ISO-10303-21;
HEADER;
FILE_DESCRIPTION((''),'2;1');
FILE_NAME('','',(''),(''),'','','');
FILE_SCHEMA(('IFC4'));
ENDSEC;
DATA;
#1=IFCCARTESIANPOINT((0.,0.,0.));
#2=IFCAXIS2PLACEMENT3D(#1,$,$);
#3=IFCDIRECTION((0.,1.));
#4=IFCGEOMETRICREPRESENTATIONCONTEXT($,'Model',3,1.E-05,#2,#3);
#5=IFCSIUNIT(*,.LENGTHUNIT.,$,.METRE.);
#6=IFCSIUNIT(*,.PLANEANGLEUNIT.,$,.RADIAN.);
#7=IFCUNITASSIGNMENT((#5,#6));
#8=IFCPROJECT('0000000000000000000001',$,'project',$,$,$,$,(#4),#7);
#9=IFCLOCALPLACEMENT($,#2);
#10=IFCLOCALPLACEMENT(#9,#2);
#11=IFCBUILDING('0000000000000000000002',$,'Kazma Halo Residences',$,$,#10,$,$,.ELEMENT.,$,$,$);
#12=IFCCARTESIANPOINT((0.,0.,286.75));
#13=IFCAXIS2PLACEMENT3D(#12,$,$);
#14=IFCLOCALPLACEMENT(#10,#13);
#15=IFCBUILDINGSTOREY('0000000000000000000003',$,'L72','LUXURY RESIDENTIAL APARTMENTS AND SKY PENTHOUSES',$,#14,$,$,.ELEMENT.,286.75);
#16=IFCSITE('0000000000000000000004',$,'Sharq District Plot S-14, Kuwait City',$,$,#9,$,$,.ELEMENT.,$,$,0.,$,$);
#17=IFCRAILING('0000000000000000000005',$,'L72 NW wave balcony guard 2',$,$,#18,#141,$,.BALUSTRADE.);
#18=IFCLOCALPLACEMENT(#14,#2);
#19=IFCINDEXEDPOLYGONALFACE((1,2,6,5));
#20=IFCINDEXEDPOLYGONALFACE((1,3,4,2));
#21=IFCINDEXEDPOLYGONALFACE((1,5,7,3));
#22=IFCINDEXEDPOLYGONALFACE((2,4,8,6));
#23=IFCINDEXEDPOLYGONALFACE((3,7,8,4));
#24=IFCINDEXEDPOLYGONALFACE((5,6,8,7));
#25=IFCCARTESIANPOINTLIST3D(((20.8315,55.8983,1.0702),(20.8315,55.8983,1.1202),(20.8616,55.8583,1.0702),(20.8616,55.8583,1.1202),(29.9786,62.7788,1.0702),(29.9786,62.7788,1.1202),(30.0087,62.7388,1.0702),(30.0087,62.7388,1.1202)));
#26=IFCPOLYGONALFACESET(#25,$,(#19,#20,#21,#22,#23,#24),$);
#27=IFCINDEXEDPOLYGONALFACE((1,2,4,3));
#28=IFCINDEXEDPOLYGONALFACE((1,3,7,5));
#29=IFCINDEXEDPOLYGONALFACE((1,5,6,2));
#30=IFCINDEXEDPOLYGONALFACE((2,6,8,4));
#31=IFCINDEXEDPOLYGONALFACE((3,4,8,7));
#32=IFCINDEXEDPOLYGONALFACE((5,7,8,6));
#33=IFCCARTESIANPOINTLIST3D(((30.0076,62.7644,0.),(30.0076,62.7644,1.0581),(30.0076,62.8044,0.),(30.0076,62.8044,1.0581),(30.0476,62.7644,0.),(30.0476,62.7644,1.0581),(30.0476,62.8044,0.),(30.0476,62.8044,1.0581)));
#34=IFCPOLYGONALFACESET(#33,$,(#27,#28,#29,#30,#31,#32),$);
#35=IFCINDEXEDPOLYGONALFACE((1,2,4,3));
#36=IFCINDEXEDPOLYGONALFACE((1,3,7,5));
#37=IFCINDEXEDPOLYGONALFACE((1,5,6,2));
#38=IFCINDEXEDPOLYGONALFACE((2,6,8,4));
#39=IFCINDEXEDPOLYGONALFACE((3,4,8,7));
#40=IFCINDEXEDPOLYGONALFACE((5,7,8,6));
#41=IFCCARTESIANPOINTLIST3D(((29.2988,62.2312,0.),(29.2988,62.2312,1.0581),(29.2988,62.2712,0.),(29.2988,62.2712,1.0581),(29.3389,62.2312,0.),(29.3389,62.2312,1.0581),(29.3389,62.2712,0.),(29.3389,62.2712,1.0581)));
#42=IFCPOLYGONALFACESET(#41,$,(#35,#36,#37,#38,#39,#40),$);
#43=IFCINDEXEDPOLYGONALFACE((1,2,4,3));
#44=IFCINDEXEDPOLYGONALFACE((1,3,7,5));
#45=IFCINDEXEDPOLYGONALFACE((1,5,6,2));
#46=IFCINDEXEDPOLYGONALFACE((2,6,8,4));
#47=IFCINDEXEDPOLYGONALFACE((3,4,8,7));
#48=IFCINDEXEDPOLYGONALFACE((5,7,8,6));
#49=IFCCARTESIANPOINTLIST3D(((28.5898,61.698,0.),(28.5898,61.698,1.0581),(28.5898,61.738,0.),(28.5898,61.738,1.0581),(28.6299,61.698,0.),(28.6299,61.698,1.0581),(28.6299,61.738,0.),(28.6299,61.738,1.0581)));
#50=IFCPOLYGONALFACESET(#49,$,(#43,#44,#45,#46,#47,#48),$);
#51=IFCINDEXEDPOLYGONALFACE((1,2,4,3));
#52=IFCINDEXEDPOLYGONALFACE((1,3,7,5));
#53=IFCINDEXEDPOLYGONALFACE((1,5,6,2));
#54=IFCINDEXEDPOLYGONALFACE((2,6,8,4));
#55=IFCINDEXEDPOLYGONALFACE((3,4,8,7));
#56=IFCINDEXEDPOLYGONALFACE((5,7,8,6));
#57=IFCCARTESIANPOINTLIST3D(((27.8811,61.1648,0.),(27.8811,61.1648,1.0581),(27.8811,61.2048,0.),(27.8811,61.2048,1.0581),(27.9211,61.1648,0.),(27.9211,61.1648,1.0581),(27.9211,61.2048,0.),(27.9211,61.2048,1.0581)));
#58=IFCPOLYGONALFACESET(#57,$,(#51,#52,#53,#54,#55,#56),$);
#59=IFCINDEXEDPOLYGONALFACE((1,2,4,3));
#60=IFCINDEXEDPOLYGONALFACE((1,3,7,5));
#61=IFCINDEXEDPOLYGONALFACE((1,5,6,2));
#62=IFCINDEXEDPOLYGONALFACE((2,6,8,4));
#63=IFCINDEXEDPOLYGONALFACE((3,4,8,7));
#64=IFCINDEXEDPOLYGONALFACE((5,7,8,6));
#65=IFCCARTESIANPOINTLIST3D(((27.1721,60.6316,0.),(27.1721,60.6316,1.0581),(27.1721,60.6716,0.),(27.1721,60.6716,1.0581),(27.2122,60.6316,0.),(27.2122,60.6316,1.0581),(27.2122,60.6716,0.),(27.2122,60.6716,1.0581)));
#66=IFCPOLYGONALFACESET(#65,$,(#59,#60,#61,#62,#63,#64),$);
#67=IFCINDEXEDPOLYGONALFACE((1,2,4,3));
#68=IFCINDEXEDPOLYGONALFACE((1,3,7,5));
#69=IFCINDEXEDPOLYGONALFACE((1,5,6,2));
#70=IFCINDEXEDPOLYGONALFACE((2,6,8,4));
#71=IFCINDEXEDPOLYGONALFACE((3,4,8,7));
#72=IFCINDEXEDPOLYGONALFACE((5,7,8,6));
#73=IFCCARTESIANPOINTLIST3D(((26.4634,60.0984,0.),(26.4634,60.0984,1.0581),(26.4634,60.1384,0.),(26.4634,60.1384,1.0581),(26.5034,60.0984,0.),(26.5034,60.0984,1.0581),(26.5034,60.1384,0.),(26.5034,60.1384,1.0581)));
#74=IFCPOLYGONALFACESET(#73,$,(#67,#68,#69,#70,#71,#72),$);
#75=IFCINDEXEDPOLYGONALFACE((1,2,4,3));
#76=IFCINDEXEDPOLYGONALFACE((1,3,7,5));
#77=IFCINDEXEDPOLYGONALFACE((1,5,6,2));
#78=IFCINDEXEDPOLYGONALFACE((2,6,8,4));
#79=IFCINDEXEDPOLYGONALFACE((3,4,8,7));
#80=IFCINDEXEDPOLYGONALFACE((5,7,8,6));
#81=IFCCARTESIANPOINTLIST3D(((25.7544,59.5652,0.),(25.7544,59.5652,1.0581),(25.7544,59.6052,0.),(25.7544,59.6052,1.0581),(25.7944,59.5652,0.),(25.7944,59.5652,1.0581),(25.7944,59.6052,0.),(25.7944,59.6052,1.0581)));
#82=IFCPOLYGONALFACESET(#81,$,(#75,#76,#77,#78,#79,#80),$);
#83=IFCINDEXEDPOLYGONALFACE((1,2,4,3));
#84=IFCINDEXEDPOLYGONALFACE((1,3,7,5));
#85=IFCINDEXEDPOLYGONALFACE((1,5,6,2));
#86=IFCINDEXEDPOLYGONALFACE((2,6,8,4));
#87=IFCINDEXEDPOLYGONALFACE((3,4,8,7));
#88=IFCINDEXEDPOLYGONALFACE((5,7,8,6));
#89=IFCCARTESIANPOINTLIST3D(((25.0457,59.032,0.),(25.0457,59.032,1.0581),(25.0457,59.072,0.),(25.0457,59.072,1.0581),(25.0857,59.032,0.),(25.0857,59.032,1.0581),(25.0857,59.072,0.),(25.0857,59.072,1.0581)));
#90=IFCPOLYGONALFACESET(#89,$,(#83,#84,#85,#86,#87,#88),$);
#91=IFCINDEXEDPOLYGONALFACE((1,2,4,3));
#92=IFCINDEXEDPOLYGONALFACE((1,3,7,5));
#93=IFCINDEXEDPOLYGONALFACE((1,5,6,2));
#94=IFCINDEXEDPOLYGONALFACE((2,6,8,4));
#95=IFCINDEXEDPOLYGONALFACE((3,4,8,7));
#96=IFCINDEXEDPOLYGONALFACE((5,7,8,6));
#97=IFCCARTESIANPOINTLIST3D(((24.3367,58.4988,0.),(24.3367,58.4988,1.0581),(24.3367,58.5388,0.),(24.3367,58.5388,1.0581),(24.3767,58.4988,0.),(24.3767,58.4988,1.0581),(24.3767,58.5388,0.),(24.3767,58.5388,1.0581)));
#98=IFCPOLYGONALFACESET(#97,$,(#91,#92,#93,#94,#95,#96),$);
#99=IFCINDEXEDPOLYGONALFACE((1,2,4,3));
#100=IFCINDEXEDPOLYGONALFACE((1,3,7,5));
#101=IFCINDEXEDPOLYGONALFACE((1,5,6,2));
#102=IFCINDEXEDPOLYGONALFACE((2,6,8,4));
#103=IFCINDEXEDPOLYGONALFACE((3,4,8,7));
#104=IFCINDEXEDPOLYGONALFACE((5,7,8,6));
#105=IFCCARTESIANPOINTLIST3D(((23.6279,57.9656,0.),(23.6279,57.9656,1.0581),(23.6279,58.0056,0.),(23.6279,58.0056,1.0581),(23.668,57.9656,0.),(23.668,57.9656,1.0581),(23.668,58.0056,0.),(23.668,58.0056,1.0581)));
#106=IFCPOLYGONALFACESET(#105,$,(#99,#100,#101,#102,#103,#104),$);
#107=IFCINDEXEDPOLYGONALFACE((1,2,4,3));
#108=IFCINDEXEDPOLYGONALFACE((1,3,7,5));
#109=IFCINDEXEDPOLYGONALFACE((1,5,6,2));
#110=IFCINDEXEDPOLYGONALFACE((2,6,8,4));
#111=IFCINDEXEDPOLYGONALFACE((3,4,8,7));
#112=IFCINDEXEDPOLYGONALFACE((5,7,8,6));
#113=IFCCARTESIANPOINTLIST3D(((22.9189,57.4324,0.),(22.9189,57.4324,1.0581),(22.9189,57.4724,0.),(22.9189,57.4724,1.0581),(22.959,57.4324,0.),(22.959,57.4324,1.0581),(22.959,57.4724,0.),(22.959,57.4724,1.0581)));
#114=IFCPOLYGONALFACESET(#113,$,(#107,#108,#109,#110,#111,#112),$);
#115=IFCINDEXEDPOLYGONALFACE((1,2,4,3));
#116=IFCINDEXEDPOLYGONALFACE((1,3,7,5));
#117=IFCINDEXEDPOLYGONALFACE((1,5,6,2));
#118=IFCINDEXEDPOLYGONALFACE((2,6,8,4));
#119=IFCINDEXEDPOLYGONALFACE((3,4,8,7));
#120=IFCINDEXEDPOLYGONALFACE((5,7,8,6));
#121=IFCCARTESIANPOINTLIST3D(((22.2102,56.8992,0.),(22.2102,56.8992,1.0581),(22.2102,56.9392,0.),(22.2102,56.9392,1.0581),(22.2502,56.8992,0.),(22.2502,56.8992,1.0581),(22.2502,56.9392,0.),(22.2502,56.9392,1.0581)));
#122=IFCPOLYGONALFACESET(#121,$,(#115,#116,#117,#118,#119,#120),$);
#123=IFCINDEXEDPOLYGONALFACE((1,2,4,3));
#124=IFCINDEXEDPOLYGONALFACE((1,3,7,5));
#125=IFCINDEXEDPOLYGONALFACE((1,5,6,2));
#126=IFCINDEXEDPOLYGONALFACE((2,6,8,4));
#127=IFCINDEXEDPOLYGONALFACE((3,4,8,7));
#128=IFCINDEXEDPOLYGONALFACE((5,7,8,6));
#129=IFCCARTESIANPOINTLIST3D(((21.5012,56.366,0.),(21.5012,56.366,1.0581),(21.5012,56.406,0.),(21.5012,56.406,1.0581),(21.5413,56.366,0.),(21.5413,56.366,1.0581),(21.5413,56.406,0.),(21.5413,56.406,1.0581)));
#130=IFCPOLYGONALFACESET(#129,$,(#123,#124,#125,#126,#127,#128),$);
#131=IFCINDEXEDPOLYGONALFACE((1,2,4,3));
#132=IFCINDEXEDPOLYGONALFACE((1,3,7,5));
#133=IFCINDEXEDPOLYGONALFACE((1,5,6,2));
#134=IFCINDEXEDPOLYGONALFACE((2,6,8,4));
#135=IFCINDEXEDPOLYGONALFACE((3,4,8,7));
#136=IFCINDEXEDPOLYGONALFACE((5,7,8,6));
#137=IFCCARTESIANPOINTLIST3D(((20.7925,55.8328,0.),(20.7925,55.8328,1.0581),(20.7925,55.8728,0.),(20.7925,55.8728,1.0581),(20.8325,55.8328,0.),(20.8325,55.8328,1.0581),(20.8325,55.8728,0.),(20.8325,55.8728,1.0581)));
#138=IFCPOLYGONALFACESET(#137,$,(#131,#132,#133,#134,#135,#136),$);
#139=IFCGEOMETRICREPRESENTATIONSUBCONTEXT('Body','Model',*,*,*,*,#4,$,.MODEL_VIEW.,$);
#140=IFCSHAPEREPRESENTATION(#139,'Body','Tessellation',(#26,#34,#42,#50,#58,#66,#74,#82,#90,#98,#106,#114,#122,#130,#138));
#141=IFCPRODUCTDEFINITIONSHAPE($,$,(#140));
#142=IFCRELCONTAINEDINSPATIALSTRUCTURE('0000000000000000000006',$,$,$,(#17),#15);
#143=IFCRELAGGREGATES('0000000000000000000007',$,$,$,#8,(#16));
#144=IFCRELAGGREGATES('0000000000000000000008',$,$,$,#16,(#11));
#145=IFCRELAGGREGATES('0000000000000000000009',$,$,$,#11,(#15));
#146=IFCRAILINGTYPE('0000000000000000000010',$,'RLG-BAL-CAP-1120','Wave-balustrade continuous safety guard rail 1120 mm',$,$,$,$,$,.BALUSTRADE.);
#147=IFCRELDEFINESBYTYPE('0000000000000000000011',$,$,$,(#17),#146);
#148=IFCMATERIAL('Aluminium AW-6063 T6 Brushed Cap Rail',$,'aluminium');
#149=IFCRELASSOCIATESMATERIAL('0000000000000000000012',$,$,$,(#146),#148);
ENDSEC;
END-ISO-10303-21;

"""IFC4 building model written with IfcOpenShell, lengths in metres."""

from ifc_helpers import new_model, si_unit, direction, frame, origin, origin_2d, place, context, subcontext, project, spatial, rectangle, extrude, material, type_object, element, save


model = new_model("IFC4")

# Units and contexts
model_context = context("Model", 3, precision=1e-05, world=origin(), true_north=direction((0.0, 1.0)))
body_context = subcontext(model_context, "Body", "Model", "MODEL_VIEW")
ifc_project = project(units=[si_unit("LENGTHUNIT", "METRE"), si_unit("PLANEANGLEUNIT", "RADIAN")], contexts=[model_context])

# Site, building, storey
site_placement = place(None, origin())
site = spatial("IfcSite", under=ifc_project, at=site_placement, Name="Sharq District Plot S-14, Kuwait City", CompositionType="ELEMENT", RefElevation=0.0)
building_placement = place(site_placement, origin())
building = spatial("IfcBuilding", under=site, at=building_placement, Name="Kazma Halo Residences", CompositionType="ELEMENT")
storey_placement = place(building_placement, frame((0.0, 0.0, 286.75)))
storey = spatial("IfcBuildingStorey", under=building, at=storey_placement, Name="L72", Description="LUXURY RESIDENTIAL APARTMENTS AND SKY PENTHOUSES", CompositionType="ELEMENT", Elevation=286.75)

# Railing
ifc_material_1 = material(Name="Aluminium AW-6063 T6 Brushed Cap Rail", Category="aluminium")
railing_type = type_object("IfcRailingType", Name="RLG-BAL-CAP-1120", Description="Wave-balustrade continuous safety guard rail 1120 mm", PredefinedType="BALUSTRADE", material=ifc_material_1)
railing_1_placement = place(storey_placement, frame((30.0276, 62.7844, 0.0)))
element("IfcRailing", 1, at=railing_1_placement, inside=storey, type_object=railing_type, Name="L72 NW wave balcony guard 2", PredefinedType="BALUSTRADE", context=body_context, shape_type="SweptSolid", body=[
    extrude(rectangle(XDim=0.05, YDim=0.05, at=origin_2d()), frame((-0.0339, -0.0256, 1.0952), z_axis=(-0.799153, -0.601127, 0.0), x_axis=(0.601127, -0.799153, 0.0)), (0.0, 0.0, 1.0), 11.446),
    extrude(rectangle(XDim=0.04, YDim=0.04, at=origin_2d()), origin(), (0.0, 0.0, 1.0), 1.0581),
    extrude(rectangle(XDim=0.04, YDim=0.04, at=origin_2d()), frame((-0.7087, -0.5332, 0.0)), (0.0, 0.0, 1.0), 1.0581),
    extrude(rectangle(XDim=0.04, YDim=0.04, at=origin_2d()), frame((-1.4177, -1.0664, 0.0)), (0.0, 0.0, 1.0), 1.0581),
    extrude(rectangle(XDim=0.04, YDim=0.04, at=origin_2d()), frame((-2.1265, -1.5996, 0.0)), (0.0, 0.0, 1.0), 1.0581),
    extrude(rectangle(XDim=0.04, YDim=0.04, at=origin_2d()), frame((-2.8354, -2.1328, 0.0)), (0.0, 0.0, 1.0), 1.0581),
    extrude(rectangle(XDim=0.04, YDim=0.04, at=origin_2d()), frame((-3.5442, -2.666, 0.0)), (0.0, 0.0, 1.0), 1.0581),
    extrude(rectangle(XDim=0.04, YDim=0.04, at=origin_2d()), frame((-4.2532, -3.1992, 0.0)), (0.0, 0.0, 1.0), 1.0581),
    extrude(rectangle(XDim=0.04, YDim=0.04, at=origin_2d()), frame((-4.9619, -3.7324, 0.0)), (0.0, 0.0, 1.0), 1.0581),
    extrude(rectangle(XDim=0.04, YDim=0.04, at=origin_2d()), frame((-5.6709, -4.2656, 0.0)), (0.0, 0.0, 1.0), 1.0581),
    extrude(rectangle(XDim=0.04, YDim=0.04, at=origin_2d()), frame((-6.3796, -4.7988, 0.0)), (0.0, 0.0, 1.0), 1.0581),
    extrude(rectangle(XDim=0.04, YDim=0.04, at=origin_2d()), frame((-7.0886, -5.332, 0.0)), (0.0, 0.0, 1.0), 1.0581),
    extrude(rectangle(XDim=0.04, YDim=0.04, at=origin_2d()), frame((-7.7974, -5.8652, 0.0)), (0.0, 0.0, 1.0), 1.0581),
    extrude(rectangle(XDim=0.04, YDim=0.04, at=origin_2d()), frame((-8.5063, -6.3984, 0.0)), (0.0, 0.0, 1.0), 1.0581),
    extrude(rectangle(XDim=0.04, YDim=0.04, at=origin_2d()), frame((-9.2151, -6.9316, 0.0)), (0.0, 0.0, 1.0), 1.0581),
])

save(model, "model.ifc")
